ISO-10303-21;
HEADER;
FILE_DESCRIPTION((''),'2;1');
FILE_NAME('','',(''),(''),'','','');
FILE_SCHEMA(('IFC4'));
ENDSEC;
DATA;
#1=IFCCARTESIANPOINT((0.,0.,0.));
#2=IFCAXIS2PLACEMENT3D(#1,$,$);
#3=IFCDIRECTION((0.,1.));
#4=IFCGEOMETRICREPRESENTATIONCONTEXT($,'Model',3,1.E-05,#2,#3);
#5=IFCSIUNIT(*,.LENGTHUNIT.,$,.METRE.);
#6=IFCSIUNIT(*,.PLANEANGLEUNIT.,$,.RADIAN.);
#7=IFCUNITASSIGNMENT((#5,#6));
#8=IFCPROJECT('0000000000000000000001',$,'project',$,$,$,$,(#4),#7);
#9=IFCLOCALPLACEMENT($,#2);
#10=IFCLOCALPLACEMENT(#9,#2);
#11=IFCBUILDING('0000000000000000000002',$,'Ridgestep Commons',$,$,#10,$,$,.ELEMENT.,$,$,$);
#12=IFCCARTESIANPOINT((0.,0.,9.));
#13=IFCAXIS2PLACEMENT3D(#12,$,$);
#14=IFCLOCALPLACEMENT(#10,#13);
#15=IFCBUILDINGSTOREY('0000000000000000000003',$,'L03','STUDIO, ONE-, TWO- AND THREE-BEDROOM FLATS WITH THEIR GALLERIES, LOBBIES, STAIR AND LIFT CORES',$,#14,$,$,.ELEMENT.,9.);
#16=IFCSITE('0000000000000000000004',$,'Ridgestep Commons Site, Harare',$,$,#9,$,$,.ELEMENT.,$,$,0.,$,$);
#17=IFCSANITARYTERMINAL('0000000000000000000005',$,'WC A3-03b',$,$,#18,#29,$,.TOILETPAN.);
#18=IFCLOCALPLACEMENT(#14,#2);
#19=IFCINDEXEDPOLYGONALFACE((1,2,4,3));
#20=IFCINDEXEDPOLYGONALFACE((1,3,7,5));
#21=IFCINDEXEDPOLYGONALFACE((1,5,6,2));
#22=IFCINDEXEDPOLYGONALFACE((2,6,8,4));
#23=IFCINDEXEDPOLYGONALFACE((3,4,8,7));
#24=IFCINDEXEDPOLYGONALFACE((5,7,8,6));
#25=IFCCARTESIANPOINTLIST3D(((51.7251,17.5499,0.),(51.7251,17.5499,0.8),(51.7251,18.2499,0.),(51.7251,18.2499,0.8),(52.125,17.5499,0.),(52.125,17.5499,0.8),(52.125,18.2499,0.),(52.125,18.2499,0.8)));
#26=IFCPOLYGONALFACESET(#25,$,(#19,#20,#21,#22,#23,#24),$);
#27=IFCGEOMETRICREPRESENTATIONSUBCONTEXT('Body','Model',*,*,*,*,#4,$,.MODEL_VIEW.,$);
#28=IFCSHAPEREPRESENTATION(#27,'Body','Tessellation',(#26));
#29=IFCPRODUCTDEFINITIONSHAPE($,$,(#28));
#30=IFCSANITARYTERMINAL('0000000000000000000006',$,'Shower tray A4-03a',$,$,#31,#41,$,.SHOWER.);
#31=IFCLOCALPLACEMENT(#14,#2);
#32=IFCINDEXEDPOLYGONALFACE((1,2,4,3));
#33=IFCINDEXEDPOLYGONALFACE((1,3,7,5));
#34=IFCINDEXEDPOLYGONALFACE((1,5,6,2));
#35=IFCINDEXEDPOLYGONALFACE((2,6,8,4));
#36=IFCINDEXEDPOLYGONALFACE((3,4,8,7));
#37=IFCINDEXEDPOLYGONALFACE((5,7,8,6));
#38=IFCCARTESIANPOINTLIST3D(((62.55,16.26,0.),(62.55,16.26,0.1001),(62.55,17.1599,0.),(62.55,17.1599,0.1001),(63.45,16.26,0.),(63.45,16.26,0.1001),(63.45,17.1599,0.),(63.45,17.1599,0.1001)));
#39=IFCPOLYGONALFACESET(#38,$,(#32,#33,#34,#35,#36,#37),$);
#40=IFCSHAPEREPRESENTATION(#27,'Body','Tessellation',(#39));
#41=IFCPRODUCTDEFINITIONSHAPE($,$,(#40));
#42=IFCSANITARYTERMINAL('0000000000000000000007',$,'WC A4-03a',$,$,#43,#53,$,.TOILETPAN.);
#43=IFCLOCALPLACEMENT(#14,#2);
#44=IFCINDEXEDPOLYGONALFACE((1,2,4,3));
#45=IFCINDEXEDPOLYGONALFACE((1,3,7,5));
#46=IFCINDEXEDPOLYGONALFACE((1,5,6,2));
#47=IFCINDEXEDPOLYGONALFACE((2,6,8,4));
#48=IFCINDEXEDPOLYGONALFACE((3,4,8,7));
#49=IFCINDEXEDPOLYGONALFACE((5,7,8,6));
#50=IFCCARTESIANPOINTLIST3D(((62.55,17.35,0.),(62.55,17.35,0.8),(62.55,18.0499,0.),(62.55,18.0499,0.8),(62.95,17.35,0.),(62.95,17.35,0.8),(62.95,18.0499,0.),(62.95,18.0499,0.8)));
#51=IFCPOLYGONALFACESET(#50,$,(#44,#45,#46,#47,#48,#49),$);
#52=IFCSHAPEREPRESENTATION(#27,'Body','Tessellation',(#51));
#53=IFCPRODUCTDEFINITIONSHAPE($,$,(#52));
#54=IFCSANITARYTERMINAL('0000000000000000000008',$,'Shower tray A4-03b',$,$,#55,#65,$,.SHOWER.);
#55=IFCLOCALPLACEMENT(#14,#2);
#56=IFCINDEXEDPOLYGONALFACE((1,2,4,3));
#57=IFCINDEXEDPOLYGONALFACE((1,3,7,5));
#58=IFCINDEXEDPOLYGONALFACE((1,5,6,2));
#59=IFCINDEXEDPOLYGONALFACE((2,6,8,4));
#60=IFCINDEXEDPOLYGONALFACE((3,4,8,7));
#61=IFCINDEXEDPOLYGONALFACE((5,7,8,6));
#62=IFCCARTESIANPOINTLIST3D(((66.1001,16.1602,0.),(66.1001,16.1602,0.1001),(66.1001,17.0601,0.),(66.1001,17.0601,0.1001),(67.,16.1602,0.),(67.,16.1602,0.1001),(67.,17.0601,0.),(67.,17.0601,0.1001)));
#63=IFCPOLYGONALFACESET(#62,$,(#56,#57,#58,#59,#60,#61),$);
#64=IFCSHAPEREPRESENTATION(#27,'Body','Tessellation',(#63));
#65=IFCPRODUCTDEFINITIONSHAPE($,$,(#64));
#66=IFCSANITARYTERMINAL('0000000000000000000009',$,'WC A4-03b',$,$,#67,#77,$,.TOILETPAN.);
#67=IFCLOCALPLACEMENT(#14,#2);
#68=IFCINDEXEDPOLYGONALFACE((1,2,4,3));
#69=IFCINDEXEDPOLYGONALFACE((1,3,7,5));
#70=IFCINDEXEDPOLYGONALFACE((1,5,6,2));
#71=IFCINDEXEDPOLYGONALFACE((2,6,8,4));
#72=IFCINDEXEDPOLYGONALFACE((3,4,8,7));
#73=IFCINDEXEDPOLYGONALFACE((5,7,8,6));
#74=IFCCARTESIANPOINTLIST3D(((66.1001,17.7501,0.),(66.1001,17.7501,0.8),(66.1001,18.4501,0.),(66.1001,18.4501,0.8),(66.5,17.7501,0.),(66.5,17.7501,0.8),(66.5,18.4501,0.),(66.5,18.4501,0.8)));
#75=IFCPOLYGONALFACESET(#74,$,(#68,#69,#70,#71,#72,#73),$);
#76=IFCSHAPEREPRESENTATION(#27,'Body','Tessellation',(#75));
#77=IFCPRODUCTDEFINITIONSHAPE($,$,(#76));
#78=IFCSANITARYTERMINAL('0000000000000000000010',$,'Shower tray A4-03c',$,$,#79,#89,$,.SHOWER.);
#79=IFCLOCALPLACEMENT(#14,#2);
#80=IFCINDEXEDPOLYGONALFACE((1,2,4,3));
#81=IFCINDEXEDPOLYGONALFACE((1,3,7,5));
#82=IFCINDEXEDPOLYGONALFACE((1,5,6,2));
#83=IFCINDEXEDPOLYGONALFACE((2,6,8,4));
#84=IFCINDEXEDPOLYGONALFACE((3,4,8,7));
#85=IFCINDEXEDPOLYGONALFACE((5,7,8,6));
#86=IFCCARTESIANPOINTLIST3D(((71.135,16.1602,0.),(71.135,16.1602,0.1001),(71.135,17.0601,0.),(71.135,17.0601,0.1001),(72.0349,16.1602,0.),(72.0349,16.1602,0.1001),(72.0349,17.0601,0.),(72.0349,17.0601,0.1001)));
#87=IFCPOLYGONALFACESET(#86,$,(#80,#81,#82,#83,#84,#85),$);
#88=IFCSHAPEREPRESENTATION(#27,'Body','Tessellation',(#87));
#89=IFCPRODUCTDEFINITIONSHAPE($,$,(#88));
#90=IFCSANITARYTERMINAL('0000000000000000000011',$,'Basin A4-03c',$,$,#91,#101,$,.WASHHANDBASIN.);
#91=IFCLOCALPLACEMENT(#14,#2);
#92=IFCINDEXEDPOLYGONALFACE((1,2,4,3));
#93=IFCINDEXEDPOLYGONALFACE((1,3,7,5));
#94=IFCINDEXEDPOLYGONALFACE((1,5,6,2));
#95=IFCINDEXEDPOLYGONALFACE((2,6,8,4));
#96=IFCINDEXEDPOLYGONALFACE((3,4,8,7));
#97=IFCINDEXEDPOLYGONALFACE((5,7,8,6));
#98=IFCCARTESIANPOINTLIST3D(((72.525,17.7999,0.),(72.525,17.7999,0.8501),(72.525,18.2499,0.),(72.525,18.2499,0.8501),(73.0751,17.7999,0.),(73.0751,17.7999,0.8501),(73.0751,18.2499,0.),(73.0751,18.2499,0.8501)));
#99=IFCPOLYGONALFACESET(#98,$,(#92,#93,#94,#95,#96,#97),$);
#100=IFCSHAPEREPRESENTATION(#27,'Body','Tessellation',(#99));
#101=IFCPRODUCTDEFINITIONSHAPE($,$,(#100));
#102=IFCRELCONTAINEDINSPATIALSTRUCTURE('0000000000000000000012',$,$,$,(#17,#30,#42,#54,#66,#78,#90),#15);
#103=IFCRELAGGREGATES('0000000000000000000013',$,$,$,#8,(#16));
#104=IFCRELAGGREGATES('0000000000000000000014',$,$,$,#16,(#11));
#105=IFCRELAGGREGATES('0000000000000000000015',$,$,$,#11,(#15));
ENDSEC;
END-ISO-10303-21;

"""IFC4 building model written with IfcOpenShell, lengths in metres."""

from ifc_helpers import new_model, si_unit, direction, frame, origin, origin_2d, place, context, subcontext, project, spatial, rectangle, extrude, element, save


model = new_model("IFC4")

# Units and contexts
model_context = context("Model", 3, precision=1e-05, world=origin(), true_north=direction((0.0, 1.0)))
body_context = subcontext(model_context, "Body", "Model", "MODEL_VIEW")
ifc_project = project(units=[si_unit("LENGTHUNIT", "METRE"), si_unit("PLANEANGLEUNIT", "RADIAN")], contexts=[model_context])

# Site, building, storey
site_placement = place(None, origin())
site = spatial("IfcSite", under=ifc_project, at=site_placement, Name="Ridgestep Commons Site, Harare", CompositionType="ELEMENT", RefElevation=0.0)
building_placement = place(site_placement, origin())
building = spatial("IfcBuilding", under=site, at=building_placement, Name="Ridgestep Commons", CompositionType="ELEMENT")
storey_placement = place(building_placement, frame((0.0, 0.0, 9.0)))
storey = spatial("IfcBuildingStorey", under=building, at=storey_placement, Name="L03", Description="STUDIO, ONE-, TWO- AND THREE-BEDROOM FLATS WITH THEIR GALLERIES, LOBBIES, STAIR AND LIFT CORES", CompositionType="ELEMENT", Elevation=9.0)

# Sanitary terminals
sanitary_terminal_1_placement = place(storey_placement, frame((51.925, 17.8999, 0.0), z_axis=(0.0, 0.0, 1.0), x_axis=(1.0, 0.0, 0.0)))
element("IfcSanitaryTerminal", 1, at=sanitary_terminal_1_placement, inside=storey, Name="WC A3-03b", PredefinedType="TOILETPAN", context=body_context, shape_type="SweptSolid", body=[
    extrude(rectangle(XDim=0.3999, YDim=0.7, at=origin_2d()), origin(), (0.0, 0.0, 1.0), 0.8),
])
sanitary_terminal_2_placement = place(storey_placement, frame((63.0, 16.71, 0.0), z_axis=(0.0, 0.0, 1.0), x_axis=(1.0, 0.0, 0.0)))
element("IfcSanitaryTerminal", 2, at=sanitary_terminal_2_placement, inside=storey, Name="Shower tray A4-03a", PredefinedType="SHOWER", context=body_context, shape_type="SweptSolid", body=[
    extrude(rectangle(XDim=0.8999, YDim=0.8999, at=origin_2d()), origin(), (0.0, 0.0, 1.0), 0.1001),
])
sanitary_terminal_3_placement = place(storey_placement, frame((62.75, 17.7, 0.0), z_axis=(0.0, 0.0, 1.0), x_axis=(1.0, 0.0, 0.0)))
element("IfcSanitaryTerminal", 3, at=sanitary_terminal_3_placement, inside=storey, Name="WC A4-03a", PredefinedType="TOILETPAN", context=body_context, shape_type="SweptSolid", body=[
    extrude(rectangle(XDim=0.3999, YDim=0.7, at=origin_2d()), origin(), (0.0, 0.0, 1.0), 0.8),
])
sanitary_terminal_4_placement = place(storey_placement, frame((66.55, 16.6101, 0.0), z_axis=(0.0, 0.0, 1.0), x_axis=(1.0, 0.0, 0.0)))
element("IfcSanitaryTerminal", 4, at=sanitary_terminal_4_placement, inside=storey, Name="Shower tray A4-03b", PredefinedType="SHOWER", context=body_context, shape_type="SweptSolid", body=[
    extrude(rectangle(XDim=0.8999, YDim=0.8999, at=origin_2d()), origin(), (0.0, 0.0, 1.0), 0.1001),
])
sanitary_terminal_5_placement = place(storey_placement, frame((66.3, 18.1001, 0.0), z_axis=(0.0, 0.0, 1.0), x_axis=(1.0, 0.0, 0.0)))
element("IfcSanitaryTerminal", 5, at=sanitary_terminal_5_placement, inside=storey, Name="WC A4-03b", PredefinedType="TOILETPAN", context=body_context, shape_type="SweptSolid", body=[
    extrude(rectangle(XDim=0.3999, YDim=0.7, at=origin_2d()), origin(), (0.0, 0.0, 1.0), 0.8),
])
sanitary_terminal_6_placement = place(storey_placement, frame((71.585, 16.6101, 0.0), z_axis=(0.0, 0.0, 1.0), x_axis=(1.0, 0.0, 0.0)))
element("IfcSanitaryTerminal", 6, at=sanitary_terminal_6_placement, inside=storey, Name="Shower tray A4-03c", PredefinedType="SHOWER", context=body_context, shape_type="SweptSolid", body=[
    extrude(rectangle(XDim=0.8999, YDim=0.8999, at=origin_2d()), origin(), (0.0, 0.0, 1.0), 0.1001),
])
sanitary_terminal_7_placement = place(storey_placement, frame((72.8, 18.0249, 0.0), z_axis=(0.0, 0.0, 1.0), x_axis=(1.0, 0.0, 0.0)))
element("IfcSanitaryTerminal", 7, at=sanitary_terminal_7_placement, inside=storey, Name="Basin A4-03c", PredefinedType="WASHHANDBASIN", context=body_context, shape_type="SweptSolid", body=[
    extrude(rectangle(XDim=0.55, YDim=0.45, at=origin_2d()), origin(), (0.0, 0.0, 1.0), 0.8501),
])

save(model, "model.ifc")
